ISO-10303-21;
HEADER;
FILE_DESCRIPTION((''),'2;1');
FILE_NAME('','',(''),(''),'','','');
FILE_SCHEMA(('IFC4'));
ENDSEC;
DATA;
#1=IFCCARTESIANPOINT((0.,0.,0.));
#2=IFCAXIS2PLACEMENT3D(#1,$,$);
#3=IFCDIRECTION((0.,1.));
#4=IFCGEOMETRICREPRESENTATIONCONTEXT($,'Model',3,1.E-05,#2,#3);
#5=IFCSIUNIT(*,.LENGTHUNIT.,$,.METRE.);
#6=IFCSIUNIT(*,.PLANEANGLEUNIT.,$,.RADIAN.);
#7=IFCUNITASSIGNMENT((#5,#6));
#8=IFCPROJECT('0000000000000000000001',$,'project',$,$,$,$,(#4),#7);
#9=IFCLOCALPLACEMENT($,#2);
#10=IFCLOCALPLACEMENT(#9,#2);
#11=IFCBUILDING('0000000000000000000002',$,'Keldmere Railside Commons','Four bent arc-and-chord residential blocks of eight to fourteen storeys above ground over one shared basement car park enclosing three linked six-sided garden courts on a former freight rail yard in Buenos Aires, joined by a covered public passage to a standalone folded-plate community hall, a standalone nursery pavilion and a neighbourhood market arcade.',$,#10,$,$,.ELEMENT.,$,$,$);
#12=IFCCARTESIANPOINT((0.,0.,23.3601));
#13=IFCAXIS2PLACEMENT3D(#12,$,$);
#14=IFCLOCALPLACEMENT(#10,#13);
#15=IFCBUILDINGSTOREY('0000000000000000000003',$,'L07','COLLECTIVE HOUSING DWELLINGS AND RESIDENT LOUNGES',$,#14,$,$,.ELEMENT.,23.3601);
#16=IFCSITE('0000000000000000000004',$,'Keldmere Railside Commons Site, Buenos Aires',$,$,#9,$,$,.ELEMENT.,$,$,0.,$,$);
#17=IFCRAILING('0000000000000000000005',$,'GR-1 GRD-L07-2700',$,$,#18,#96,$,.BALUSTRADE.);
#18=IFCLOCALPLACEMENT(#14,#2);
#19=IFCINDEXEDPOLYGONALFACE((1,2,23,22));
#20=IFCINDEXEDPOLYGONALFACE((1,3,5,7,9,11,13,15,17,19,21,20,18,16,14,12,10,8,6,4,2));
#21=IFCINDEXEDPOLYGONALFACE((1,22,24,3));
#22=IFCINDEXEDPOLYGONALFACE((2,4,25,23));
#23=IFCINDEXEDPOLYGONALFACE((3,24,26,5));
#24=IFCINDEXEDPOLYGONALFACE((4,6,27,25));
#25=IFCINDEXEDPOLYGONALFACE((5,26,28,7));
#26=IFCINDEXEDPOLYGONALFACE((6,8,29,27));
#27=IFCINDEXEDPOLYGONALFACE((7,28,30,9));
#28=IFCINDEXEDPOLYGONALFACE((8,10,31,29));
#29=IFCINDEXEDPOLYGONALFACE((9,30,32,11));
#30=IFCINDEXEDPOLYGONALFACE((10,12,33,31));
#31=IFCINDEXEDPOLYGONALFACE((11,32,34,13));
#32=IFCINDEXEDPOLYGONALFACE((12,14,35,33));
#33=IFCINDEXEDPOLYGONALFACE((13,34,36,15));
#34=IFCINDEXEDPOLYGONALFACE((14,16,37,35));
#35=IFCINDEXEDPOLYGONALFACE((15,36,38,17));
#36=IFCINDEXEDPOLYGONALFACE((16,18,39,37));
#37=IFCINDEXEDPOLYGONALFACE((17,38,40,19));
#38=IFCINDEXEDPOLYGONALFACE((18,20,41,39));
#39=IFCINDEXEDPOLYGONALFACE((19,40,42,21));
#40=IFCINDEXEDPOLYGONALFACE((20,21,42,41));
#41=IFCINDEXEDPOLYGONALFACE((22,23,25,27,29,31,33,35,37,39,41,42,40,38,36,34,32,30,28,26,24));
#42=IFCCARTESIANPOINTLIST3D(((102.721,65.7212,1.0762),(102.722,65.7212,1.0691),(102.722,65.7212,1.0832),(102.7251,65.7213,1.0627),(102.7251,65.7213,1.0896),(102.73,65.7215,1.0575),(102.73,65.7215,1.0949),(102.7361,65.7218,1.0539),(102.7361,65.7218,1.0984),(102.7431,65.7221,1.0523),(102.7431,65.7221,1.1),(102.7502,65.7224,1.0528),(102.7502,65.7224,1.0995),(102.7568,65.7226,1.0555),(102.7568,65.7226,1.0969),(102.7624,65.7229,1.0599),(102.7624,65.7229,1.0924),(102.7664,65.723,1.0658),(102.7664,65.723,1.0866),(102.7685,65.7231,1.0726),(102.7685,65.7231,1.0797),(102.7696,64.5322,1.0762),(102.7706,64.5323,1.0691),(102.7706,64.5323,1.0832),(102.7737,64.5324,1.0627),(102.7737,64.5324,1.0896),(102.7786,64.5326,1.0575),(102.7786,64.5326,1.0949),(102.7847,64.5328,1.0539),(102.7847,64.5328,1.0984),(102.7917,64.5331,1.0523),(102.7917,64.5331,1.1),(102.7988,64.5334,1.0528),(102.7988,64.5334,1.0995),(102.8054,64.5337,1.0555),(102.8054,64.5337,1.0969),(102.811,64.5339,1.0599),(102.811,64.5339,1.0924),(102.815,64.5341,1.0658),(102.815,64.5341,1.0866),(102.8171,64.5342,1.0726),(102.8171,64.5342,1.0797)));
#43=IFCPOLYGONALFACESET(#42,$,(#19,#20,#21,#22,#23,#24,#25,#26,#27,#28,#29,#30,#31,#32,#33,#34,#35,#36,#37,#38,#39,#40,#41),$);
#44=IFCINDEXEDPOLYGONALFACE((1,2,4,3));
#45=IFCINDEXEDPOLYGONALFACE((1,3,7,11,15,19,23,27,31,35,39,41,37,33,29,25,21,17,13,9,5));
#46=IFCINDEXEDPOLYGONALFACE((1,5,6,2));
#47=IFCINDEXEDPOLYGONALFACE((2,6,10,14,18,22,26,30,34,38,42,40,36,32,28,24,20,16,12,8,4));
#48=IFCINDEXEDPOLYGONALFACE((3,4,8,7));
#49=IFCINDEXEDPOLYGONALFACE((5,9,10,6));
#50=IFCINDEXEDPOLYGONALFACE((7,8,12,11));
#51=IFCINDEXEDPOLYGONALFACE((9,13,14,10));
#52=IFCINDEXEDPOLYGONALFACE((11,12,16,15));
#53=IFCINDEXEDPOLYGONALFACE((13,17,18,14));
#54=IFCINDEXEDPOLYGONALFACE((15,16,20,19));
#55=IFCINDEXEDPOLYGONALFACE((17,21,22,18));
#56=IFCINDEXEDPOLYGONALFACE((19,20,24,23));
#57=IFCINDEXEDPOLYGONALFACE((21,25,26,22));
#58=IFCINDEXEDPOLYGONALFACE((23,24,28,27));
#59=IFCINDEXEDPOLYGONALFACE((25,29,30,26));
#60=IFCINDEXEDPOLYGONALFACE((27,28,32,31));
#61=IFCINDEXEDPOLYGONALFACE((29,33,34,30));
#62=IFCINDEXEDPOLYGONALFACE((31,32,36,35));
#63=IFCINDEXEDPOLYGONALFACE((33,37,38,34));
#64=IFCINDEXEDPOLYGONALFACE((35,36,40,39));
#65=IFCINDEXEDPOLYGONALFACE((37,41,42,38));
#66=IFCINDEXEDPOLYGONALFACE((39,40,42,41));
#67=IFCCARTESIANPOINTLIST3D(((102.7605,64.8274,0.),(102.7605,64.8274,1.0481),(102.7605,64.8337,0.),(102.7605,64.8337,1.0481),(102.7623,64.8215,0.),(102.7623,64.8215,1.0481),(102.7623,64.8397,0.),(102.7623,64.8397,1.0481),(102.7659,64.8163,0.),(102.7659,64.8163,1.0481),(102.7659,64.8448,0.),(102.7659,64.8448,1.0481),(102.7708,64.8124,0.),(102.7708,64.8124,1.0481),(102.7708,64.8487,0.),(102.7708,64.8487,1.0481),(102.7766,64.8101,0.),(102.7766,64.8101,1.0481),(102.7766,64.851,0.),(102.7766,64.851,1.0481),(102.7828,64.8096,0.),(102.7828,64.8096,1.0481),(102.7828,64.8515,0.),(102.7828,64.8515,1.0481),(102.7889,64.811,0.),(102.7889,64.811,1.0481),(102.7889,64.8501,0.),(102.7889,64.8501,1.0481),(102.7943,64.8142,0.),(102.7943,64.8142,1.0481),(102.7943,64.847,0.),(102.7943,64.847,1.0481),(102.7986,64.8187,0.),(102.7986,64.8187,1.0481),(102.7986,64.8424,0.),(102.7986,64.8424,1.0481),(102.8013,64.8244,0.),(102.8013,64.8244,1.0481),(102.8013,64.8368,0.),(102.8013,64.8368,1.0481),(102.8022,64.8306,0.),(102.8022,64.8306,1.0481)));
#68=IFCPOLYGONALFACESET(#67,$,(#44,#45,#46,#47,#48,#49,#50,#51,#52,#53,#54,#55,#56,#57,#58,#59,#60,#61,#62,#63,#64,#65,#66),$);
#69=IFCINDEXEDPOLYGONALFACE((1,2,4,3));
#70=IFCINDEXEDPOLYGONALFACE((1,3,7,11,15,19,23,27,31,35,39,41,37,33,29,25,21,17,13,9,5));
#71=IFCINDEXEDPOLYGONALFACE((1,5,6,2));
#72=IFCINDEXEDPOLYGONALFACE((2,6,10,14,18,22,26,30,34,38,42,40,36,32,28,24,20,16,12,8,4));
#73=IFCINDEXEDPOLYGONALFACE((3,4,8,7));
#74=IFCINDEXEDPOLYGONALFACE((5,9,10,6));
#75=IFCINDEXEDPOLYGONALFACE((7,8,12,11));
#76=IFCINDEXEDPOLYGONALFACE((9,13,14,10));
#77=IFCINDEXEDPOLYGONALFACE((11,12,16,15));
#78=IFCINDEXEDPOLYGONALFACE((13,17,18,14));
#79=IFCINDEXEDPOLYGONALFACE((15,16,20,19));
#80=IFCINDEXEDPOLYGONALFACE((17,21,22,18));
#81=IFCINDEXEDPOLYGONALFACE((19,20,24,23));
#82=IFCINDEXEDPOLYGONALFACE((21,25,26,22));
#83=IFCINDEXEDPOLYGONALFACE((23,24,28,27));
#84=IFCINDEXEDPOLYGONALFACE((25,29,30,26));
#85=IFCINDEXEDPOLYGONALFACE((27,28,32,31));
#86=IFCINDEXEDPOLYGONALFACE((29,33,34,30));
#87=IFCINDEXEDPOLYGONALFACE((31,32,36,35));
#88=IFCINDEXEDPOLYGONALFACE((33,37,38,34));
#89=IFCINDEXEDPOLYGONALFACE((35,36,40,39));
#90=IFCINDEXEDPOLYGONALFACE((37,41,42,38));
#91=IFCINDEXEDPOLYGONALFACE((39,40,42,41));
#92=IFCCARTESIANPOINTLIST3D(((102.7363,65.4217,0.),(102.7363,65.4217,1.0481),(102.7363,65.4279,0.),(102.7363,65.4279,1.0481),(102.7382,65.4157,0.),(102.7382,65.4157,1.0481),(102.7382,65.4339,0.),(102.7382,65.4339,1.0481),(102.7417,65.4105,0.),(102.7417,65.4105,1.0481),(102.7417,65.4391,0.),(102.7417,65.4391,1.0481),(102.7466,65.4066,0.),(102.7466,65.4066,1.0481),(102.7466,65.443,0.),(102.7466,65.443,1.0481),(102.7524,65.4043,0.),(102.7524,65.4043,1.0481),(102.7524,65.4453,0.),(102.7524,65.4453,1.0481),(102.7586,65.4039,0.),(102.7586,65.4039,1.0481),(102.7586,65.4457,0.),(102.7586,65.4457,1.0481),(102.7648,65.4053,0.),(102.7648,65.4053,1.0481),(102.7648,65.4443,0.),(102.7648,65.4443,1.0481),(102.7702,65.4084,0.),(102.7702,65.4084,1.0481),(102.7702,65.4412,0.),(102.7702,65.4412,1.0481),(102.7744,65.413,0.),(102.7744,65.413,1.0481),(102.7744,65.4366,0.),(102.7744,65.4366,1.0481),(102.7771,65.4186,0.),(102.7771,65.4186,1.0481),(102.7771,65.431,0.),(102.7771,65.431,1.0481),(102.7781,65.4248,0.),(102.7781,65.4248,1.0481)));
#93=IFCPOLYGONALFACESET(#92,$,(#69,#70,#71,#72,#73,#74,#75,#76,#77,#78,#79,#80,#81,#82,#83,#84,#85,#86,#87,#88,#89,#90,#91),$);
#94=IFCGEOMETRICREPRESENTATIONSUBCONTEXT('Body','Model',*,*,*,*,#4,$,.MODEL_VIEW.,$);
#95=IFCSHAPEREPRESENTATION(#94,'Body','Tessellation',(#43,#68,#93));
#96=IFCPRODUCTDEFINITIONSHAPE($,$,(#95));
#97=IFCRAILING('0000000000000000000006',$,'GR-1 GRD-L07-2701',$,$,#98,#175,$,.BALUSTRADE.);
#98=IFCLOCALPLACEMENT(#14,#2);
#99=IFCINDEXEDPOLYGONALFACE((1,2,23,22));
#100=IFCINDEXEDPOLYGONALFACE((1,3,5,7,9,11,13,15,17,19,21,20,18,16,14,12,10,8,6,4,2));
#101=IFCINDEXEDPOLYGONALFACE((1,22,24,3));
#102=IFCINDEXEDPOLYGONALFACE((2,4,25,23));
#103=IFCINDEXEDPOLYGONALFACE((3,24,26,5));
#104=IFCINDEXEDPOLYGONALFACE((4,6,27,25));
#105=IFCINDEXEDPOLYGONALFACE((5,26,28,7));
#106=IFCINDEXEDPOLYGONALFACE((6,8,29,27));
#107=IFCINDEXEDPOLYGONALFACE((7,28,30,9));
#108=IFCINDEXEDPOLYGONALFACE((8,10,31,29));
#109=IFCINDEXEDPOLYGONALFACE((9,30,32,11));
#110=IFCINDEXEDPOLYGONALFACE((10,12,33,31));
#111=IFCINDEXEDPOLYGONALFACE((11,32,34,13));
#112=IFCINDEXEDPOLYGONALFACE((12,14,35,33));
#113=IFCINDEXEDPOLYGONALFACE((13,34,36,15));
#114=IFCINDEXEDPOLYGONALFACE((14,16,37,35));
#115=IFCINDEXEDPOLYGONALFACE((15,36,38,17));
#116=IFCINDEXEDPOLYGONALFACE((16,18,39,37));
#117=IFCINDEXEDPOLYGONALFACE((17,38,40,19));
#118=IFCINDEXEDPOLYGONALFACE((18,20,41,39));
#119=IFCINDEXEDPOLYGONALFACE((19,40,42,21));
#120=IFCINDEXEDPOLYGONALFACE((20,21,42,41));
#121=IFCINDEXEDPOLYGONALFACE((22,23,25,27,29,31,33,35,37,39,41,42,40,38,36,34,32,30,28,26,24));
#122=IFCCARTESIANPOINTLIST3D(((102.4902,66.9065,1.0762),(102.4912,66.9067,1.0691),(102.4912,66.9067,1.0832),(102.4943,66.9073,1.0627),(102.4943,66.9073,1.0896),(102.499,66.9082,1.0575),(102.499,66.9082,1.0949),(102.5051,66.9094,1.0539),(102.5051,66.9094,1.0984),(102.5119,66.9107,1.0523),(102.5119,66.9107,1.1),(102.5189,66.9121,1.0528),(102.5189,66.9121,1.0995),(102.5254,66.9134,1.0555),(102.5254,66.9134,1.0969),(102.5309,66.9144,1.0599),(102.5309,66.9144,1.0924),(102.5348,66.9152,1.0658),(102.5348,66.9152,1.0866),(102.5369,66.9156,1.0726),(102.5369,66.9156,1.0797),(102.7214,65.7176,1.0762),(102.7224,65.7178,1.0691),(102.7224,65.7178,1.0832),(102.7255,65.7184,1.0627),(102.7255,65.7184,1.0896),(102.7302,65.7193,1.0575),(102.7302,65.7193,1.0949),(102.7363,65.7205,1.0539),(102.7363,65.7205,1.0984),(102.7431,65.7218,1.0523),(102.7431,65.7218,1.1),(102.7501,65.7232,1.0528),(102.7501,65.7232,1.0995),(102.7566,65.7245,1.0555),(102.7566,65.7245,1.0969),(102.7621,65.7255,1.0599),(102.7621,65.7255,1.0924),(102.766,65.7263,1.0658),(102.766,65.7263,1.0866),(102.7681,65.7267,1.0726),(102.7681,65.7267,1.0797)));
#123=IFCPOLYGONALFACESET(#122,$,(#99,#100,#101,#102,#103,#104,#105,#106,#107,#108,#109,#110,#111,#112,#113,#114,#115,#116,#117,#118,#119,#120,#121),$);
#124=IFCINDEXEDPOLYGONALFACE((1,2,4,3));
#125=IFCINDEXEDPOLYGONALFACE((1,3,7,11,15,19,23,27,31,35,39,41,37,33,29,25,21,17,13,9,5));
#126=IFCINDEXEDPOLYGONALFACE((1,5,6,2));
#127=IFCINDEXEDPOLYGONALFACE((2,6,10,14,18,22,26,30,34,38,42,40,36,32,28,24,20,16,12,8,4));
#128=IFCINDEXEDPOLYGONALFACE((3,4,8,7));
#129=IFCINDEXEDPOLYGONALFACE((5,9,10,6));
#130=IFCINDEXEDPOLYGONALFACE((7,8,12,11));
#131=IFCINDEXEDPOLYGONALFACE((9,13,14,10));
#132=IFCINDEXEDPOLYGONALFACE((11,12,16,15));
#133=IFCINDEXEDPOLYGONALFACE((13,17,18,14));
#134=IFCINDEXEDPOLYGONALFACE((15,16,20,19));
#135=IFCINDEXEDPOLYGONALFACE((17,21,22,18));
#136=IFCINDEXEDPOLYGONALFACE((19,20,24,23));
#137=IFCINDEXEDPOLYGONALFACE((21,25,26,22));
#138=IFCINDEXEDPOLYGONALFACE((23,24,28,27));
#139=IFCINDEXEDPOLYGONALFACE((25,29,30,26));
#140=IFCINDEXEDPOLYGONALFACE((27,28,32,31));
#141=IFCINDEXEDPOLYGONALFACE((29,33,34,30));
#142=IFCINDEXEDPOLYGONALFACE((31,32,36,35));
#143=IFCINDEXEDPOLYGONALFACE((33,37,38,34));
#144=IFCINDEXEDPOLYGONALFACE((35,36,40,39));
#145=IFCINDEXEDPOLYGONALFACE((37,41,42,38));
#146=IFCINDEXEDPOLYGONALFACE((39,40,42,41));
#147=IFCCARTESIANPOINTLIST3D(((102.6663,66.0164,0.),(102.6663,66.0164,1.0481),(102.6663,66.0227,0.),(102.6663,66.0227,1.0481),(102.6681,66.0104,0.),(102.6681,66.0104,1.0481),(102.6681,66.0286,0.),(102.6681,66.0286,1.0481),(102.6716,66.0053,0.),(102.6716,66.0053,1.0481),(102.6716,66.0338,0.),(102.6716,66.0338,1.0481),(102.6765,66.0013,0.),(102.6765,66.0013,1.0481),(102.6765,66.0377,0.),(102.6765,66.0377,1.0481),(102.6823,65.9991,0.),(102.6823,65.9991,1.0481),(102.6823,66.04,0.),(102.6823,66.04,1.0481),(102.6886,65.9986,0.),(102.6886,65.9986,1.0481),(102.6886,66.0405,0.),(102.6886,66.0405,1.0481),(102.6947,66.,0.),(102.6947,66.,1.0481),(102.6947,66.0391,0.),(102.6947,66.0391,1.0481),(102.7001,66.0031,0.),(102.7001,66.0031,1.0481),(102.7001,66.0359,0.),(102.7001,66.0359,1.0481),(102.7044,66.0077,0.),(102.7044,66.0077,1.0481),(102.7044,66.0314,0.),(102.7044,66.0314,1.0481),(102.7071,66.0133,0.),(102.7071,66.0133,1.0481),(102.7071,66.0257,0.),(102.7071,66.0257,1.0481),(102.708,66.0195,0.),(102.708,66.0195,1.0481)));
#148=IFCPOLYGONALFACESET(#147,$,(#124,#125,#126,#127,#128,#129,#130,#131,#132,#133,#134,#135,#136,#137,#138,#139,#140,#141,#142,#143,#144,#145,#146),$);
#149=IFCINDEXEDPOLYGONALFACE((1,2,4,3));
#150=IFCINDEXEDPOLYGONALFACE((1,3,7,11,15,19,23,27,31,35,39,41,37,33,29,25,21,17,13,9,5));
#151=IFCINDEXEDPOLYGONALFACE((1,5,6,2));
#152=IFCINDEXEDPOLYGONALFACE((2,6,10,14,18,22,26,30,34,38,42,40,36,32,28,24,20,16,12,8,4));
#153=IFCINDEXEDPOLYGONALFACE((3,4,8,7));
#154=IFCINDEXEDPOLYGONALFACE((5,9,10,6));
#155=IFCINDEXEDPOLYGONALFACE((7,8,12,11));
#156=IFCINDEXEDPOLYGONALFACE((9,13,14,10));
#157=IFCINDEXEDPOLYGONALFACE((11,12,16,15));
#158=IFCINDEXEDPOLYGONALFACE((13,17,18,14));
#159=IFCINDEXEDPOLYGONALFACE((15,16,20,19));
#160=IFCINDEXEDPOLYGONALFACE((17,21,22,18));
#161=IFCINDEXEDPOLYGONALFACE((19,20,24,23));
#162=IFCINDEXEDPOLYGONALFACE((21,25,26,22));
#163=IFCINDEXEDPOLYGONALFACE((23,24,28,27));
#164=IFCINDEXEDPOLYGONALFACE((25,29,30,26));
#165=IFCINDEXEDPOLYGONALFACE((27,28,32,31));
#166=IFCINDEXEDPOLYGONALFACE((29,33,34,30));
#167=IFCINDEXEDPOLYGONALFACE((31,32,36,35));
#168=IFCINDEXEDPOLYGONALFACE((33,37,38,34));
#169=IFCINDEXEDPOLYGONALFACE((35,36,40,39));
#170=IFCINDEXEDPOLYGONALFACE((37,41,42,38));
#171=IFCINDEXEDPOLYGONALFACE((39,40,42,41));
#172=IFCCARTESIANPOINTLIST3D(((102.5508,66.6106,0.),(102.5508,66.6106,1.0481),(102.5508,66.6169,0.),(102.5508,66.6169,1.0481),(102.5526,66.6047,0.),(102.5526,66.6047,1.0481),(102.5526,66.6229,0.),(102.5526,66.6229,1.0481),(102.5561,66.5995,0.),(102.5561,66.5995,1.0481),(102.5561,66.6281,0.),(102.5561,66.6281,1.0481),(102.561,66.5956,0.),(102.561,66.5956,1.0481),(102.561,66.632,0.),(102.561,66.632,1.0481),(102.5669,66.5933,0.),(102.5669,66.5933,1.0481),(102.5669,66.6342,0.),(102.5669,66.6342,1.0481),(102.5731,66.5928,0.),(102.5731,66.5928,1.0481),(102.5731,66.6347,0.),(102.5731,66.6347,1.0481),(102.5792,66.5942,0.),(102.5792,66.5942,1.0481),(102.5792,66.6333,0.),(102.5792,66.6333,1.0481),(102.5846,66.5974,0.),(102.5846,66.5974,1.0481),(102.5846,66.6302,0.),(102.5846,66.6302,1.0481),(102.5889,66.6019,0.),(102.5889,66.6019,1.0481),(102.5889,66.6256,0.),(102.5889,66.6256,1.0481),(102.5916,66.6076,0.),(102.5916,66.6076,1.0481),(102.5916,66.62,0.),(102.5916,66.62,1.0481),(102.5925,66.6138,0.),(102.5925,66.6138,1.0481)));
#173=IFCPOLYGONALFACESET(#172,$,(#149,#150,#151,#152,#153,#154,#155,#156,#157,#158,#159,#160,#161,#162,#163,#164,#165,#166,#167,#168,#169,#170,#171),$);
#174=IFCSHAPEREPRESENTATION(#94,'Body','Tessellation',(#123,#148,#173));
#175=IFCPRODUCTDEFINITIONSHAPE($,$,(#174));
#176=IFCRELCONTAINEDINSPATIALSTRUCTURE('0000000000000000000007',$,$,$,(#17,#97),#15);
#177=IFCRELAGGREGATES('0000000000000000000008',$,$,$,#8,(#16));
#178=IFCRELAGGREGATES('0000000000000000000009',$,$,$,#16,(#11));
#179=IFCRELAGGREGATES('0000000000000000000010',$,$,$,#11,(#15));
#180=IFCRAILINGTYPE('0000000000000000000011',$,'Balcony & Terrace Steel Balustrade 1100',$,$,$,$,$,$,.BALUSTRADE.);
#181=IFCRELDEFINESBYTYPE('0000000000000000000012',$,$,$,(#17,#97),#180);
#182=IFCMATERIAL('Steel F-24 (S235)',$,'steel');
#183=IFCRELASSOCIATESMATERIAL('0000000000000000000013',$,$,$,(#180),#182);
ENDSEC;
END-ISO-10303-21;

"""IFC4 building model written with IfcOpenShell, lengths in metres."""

from ifc_helpers import new_model, si_unit, direction, frame, origin, origin_2d, place, context, subcontext, project, spatial, circle, extrude, material, type_object, element, save


model = new_model("IFC4")

# Units and contexts
model_context = context("Model", 3, precision=1e-05, world=origin(), true_north=direction((0.0, 1.0)))
body_context = subcontext(model_context, "Body", "Model", "MODEL_VIEW")
ifc_project = project(units=[si_unit("LENGTHUNIT", "METRE"), si_unit("PLANEANGLEUNIT", "RADIAN")], contexts=[model_context])

# Site, building, storey
site_placement = place(None, origin())
site = spatial("IfcSite", under=ifc_project, at=site_placement, Name="Keldmere Railside Commons Site, Buenos Aires", CompositionType="ELEMENT", RefElevation=0.0)
building_placement = place(site_placement, origin())
building = spatial("IfcBuilding", under=site, at=building_placement, Name="Keldmere Railside Commons", Description="Four bent arc-and-chord residential blocks of eight to fourteen storeys above ground over one shared basement car park enclosing three linked six-sided garden courts on a former freight rail yard in Buenos Aires, joined by a covered public passage to a standalone folded-plate community hall, a standalone nursery pavilion and a neighbourhood market arcade.", CompositionType="ELEMENT")
storey_placement = place(building_placement, frame((0.0, 0.0, 23.3601)))
storey = spatial("IfcBuildingStorey", under=building, at=storey_placement, Name="L07", Description="COLLECTIVE HOUSING DWELLINGS AND RESIDENT LOUNGES", CompositionType="ELEMENT", Elevation=23.3601)

# Shared definitions
ifc_material_1 = material(Name="Steel F-24 (S235)", Category="steel")

# Railings
railing_type_1 = type_object("IfcRailingType", Name="Balcony & Terrace Steel Balustrade 1100", PredefinedType="BALUSTRADE", material=ifc_material_1)
railing_1_placement = place(storey_placement, frame((102.7935, 64.5332, 0.0)))
element("IfcRailing", 1, at=railing_1_placement, inside=storey, type_object=railing_type_1, Name="GR-1 GRD-L07-2700", PredefinedType="BALUSTRADE", context=body_context, shape_type="SweptSolid", body=[
    extrude(circle(Radius=0.0239, at=origin_2d()), frame((0.0, 0.0, 1.0762), z_axis=(-0.040828, 0.999166, 0.0), x_axis=(-0.999166, -0.040828, 0.0)), (0.0, 0.0, 1.0), 1.1899),
    extrude(circle(Radius=0.021, at=origin_2d()), frame((-0.0122, 0.2974, 0.0)), (0.0, 0.0, 1.0), 1.0481),
    extrude(circle(Radius=0.021, at=origin_2d()), frame((-0.0364, 0.8916, 0.0)), (0.0, 0.0, 1.0), 1.0481),
])
railing_2_placement = place(storey_placement, frame((102.7449, 65.7222, 0.0)))
element("IfcRailing", 2, at=railing_2_placement, inside=storey, type_object=railing_type_1, Name="GR-1 GRD-L07-2701", PredefinedType="BALUSTRADE", context=body_context, shape_type="SweptSolid", body=[
    extrude(circle(Radius=0.0239, at=origin_2d()), frame((0.0, 0.0, 1.0762), z_axis=(-0.19088, 0.981613, 0.0), x_axis=(-0.981613, -0.19088, 0.0)), (0.0, 0.0, 1.0), 1.2112),
    extrude(circle(Radius=0.021, at=origin_2d()), frame((-0.0579, 0.2974, 0.0)), (0.0, 0.0, 1.0), 1.0481),
    extrude(circle(Radius=0.021, at=origin_2d()), frame((-0.1733, 0.8916, 0.0)), (0.0, 0.0, 1.0), 1.0481),
])

save(model, "model.ifc")
